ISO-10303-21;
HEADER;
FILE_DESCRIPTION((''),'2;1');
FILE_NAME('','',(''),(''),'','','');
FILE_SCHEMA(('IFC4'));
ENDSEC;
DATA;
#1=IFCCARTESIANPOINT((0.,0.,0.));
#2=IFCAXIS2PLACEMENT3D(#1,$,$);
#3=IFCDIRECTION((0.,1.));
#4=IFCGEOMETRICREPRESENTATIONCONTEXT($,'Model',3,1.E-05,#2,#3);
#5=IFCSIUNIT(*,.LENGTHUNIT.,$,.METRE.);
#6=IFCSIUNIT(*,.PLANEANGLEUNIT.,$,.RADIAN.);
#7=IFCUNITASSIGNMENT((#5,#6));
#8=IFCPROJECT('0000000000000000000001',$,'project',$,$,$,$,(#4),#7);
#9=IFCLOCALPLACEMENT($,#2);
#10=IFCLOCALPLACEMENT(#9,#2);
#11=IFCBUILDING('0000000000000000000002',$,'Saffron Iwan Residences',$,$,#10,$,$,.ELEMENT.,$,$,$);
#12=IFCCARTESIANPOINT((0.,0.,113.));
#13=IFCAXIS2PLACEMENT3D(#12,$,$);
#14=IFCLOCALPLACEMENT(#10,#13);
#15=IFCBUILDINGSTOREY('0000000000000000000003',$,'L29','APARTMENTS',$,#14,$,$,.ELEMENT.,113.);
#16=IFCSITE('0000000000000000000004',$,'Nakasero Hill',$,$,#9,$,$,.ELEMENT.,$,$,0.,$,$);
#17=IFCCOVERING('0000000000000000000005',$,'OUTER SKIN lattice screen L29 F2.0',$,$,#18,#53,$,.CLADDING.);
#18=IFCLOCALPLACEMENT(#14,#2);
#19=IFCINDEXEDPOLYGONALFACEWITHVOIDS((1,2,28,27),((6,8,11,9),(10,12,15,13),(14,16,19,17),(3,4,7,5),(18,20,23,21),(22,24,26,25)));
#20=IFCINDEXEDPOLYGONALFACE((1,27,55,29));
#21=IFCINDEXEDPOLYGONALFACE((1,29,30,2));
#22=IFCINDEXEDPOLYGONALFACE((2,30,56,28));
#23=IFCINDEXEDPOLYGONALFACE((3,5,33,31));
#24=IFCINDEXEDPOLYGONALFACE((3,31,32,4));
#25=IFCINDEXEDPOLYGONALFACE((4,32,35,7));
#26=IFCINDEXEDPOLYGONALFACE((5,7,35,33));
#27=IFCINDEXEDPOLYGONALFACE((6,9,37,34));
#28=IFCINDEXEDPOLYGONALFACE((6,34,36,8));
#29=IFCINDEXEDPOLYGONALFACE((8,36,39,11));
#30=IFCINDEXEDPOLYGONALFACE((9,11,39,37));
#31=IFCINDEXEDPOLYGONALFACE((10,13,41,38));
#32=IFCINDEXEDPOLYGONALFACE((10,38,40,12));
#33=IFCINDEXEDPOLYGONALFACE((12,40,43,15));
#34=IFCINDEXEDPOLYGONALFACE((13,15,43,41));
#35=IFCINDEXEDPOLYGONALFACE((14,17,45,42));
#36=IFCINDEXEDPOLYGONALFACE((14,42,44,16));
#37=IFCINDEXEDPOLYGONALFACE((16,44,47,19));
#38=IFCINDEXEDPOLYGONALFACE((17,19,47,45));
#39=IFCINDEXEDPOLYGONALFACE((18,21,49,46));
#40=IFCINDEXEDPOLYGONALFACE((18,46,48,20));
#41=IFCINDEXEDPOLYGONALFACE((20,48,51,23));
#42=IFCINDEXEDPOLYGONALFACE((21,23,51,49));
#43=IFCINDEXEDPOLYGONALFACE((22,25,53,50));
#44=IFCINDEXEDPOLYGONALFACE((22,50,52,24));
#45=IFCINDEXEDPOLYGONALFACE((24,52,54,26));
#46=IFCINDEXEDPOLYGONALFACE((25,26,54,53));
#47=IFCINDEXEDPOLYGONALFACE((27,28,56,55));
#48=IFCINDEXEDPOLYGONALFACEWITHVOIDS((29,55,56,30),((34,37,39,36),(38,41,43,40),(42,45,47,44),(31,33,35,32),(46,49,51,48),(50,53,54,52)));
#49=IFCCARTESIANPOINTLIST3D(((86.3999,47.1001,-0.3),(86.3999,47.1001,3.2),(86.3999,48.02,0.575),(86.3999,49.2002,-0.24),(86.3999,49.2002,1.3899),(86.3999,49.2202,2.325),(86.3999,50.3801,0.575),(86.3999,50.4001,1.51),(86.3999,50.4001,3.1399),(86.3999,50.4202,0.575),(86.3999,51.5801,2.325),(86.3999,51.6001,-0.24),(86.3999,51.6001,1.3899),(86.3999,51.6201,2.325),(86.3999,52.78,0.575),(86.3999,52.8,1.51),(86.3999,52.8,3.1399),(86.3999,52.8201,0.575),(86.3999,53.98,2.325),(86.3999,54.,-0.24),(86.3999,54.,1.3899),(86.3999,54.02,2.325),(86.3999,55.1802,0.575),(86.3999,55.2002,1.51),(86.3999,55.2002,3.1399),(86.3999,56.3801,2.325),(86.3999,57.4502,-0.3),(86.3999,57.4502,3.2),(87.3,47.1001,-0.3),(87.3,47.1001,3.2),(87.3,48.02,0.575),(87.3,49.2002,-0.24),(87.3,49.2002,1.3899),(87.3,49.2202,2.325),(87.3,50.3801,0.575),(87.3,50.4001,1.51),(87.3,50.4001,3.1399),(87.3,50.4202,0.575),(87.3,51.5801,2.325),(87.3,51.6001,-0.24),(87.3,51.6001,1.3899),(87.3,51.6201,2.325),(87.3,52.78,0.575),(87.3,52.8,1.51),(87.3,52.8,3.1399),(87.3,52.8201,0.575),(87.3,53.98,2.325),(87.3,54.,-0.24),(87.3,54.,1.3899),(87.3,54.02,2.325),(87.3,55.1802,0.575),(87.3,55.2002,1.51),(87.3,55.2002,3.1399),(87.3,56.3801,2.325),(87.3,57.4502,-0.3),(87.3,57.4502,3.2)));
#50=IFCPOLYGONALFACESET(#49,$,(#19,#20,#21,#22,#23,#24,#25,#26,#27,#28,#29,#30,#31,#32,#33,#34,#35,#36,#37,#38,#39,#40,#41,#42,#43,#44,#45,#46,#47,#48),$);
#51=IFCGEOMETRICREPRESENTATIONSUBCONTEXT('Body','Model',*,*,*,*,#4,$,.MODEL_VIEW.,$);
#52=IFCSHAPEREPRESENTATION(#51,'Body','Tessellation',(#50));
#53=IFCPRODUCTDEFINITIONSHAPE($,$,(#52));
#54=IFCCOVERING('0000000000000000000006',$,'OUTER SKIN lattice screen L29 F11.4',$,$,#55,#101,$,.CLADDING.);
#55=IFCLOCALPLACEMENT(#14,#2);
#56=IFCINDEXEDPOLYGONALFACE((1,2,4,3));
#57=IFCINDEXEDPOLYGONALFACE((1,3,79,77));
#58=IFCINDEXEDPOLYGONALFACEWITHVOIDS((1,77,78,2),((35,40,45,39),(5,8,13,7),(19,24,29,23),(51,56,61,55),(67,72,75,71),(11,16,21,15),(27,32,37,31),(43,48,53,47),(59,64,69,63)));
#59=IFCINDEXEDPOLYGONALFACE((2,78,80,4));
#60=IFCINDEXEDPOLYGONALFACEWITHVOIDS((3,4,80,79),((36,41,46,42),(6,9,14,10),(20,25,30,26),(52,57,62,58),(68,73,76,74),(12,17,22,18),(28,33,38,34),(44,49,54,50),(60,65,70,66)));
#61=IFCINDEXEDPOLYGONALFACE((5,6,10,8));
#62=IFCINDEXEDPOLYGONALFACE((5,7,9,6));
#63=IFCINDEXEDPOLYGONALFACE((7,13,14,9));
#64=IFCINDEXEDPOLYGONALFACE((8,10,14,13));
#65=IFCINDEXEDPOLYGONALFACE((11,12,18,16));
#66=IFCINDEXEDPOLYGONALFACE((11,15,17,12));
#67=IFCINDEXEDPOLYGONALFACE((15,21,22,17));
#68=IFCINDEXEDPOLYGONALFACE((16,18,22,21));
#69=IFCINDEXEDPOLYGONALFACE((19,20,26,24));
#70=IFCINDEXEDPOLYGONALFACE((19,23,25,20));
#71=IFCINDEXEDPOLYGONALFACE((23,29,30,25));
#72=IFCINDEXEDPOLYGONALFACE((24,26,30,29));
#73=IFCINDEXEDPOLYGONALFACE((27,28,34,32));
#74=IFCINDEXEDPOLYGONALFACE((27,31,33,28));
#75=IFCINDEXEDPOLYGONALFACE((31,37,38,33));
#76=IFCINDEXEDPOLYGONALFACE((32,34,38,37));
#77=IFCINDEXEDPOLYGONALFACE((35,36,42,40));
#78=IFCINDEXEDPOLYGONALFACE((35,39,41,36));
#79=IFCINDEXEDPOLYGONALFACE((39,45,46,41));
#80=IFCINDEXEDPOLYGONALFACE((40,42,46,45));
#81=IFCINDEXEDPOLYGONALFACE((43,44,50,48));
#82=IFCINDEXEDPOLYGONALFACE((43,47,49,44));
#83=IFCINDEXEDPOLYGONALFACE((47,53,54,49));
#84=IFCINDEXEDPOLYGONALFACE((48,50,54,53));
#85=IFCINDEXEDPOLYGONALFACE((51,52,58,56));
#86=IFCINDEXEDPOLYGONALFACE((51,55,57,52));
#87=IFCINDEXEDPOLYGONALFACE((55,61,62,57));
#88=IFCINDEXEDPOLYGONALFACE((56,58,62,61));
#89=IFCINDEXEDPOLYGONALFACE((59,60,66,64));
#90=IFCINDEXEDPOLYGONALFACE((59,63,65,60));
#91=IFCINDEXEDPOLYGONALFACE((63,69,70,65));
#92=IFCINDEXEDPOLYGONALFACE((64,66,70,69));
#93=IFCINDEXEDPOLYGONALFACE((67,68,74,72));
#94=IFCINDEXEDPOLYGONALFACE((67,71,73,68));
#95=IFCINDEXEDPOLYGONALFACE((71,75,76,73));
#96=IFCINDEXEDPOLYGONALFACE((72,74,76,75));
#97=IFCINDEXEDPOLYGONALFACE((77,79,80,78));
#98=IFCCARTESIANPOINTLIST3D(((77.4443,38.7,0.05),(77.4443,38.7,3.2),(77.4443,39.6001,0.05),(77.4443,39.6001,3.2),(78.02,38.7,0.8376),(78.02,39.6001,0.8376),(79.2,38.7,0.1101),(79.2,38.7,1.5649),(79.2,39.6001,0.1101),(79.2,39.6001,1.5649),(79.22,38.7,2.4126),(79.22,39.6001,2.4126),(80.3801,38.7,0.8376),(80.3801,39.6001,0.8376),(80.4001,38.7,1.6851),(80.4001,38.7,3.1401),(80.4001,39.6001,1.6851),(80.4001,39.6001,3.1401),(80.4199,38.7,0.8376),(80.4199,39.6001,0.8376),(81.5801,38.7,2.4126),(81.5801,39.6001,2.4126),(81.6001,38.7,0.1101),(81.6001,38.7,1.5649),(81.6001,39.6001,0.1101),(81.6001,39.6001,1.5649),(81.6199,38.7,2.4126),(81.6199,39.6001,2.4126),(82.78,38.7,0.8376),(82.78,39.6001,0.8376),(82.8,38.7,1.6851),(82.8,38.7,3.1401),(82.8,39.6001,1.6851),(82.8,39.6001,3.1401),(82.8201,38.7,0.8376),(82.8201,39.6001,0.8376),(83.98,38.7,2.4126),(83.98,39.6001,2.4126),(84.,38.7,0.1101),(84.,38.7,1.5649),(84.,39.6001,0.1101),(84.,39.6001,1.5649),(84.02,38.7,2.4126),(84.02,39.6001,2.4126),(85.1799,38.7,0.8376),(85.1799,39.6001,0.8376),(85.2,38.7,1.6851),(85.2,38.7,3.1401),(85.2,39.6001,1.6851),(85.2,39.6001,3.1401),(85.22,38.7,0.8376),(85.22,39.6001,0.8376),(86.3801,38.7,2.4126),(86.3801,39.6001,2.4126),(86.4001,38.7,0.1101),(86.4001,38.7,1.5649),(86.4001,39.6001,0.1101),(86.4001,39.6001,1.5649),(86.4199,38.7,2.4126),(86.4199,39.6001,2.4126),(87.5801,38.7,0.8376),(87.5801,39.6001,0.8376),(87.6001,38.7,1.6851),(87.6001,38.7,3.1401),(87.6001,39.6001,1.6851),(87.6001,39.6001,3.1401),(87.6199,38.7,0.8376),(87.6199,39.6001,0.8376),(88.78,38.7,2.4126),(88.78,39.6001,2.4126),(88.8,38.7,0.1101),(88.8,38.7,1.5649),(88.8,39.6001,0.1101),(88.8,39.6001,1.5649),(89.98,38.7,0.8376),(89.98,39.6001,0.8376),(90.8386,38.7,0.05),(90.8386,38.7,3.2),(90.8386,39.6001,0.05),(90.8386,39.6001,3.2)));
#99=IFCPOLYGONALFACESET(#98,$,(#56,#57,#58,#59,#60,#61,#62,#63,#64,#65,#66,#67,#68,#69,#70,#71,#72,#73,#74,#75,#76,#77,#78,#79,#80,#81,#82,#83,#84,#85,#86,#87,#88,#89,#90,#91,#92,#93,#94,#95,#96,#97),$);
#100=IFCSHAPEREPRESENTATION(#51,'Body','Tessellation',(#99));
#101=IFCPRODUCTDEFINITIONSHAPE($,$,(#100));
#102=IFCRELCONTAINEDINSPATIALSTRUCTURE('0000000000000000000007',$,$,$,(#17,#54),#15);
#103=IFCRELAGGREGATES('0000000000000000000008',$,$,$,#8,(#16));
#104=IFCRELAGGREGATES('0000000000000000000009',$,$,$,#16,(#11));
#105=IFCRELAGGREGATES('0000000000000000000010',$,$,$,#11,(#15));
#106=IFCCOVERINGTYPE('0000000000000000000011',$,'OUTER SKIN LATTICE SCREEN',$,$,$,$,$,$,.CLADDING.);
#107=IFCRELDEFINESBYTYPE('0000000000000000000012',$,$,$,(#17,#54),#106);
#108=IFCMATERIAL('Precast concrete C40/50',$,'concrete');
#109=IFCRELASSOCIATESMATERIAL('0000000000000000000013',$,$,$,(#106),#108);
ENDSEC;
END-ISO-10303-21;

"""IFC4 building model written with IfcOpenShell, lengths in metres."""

from ifc_helpers import new_model, si_unit, direction, frame, origin, place, context, subcontext, project, spatial, polyline, outline, extrude, material, type_object, element, save


model = new_model("IFC4")

# Units and contexts
model_context = context("Model", 3, precision=1e-05, world=origin(), true_north=direction((0.0, 1.0)))
body_context = subcontext(model_context, "Body", "Model", "MODEL_VIEW")
ifc_project = project(units=[si_unit("LENGTHUNIT", "METRE"), si_unit("PLANEANGLEUNIT", "RADIAN")], contexts=[model_context])

# Site, building, storey
site_placement = place(None, origin())
site = spatial("IfcSite", under=ifc_project, at=site_placement, Name="Nakasero Hill", CompositionType="ELEMENT", RefElevation=0.0)
building_placement = place(site_placement, origin())
building = spatial("IfcBuilding", under=site, at=building_placement, Name="Saffron Iwan Residences", CompositionType="ELEMENT")
storey_placement = place(building_placement, frame((0.0, 0.0, 113.0)))
storey = spatial("IfcBuildingStorey", under=building, at=storey_placement, Name="L29", Description="APARTMENTS", CompositionType="ELEMENT", Elevation=113.0)

# Coverings
ifc_material_1 = material(Name="Precast concrete C40/50", Category="concrete")
covering_type = type_object("IfcCoveringType", Name="OUTER SKIN LATTICE SCREEN", PredefinedType="CLADDING", material=ifc_material_1)
covering_1_placement = place(storey_placement, frame((86.3999, 47.1001, -0.3), z_axis=(1.0, 0.0, 0.0), x_axis=(0.0, 1.0, 0.0)))
element("IfcCovering", 1, at=covering_1_placement, inside=storey, type_object=covering_type, Name="OUTER SKIN lattice screen L29 F2.0", PredefinedType="CLADDING", context=body_context, shape_type="SweptSolid", body=[
    extrude(outline(polyline([(0.0, 0.0), (10.3501, 0.0), (10.3501, 3.5), (0.0, 3.5), (0.0, 0.0)]), holes=[polyline([(0.9199, 0.875), (2.1001, 0.0601), (3.28, 0.875), (2.1001, 1.6899), (0.9199, 0.875)]), polyline([(3.3201, 0.875), (4.5, 0.0601), (5.6799, 0.875), (4.5, 1.6899), (3.3201, 0.875)]), polyline([(5.72, 0.875), (6.8999, 0.0601), (8.0801, 0.875), (6.8999, 1.6899), (5.72, 0.875)]), polyline([(2.1201, 2.625), (3.3, 1.8101), (4.48, 2.625), (3.3, 3.4399), (2.1201, 2.625)]), polyline([(4.52, 2.625), (5.7, 1.8101), (6.8799, 2.625), (5.7, 3.4399), (4.52, 2.625)]), polyline([(6.9199, 2.625), (8.1001, 1.8101), (9.28, 2.625), (8.1001, 3.4399), (6.9199, 2.625)])]), origin(), (0.0, 0.0, 1.0), 0.9001),
])
covering_2_placement = place(storey_placement, frame((77.4443, 39.6001, 0.05), z_axis=(0.0, -1.0, 0.0), x_axis=(1.0, 0.0, 0.0)))
element("IfcCovering", 2, at=covering_2_placement, inside=storey, type_object=covering_type, Name="OUTER SKIN lattice screen L29 F11.4", PredefinedType="CLADDING", context=body_context, shape_type="SweptSolid", body=[
    extrude(outline(polyline([(0.0, 0.0), (13.3943, 0.0), (13.3943, 3.1499), (0.0, 3.1499), (0.0, 0.0)]), holes=[polyline([(0.5757, 0.7876), (1.7556, 0.0601), (2.9358, 0.7876), (1.7556, 1.5149), (0.5757, 0.7876)]), polyline([(2.9756, 0.7876), (4.1558, 0.0601), (5.3357, 0.7876), (4.1558, 1.5149), (2.9756, 0.7876)]), polyline([(5.3757, 0.7876), (6.5557, 0.0601), (7.7356, 0.7876), (6.5557, 1.5149), (5.3757, 0.7876)]), polyline([(7.7756, 0.7876), (8.9558, 0.0601), (10.1357, 0.7876), (8.9558, 1.5149), (7.7756, 0.7876)]), polyline([(10.1755, 0.7876), (11.3557, 0.0601), (12.5356, 0.7876), (11.3557, 1.5149), (10.1755, 0.7876)]), polyline([(1.7756, 2.3625), (2.9558, 1.635), (4.1357, 2.3625), (2.9558, 3.0901), (1.7756, 2.3625)]), polyline([(4.1755, 2.3625), (5.3557, 1.635), (6.5356, 2.3625), (5.3557, 3.0901), (4.1755, 2.3625)]), polyline([(6.5757, 2.3625), (7.7556, 1.635), (8.9358, 2.3625), (7.7556, 3.0901), (6.5757, 2.3625)]), polyline([(8.9756, 2.3625), (10.1558, 1.635), (11.3357, 2.3625), (10.1558, 3.0901), (8.9756, 2.3625)])]), origin(), (0.0, 0.0, 1.0), 0.9001),
])

save(model, "model.ifc")
